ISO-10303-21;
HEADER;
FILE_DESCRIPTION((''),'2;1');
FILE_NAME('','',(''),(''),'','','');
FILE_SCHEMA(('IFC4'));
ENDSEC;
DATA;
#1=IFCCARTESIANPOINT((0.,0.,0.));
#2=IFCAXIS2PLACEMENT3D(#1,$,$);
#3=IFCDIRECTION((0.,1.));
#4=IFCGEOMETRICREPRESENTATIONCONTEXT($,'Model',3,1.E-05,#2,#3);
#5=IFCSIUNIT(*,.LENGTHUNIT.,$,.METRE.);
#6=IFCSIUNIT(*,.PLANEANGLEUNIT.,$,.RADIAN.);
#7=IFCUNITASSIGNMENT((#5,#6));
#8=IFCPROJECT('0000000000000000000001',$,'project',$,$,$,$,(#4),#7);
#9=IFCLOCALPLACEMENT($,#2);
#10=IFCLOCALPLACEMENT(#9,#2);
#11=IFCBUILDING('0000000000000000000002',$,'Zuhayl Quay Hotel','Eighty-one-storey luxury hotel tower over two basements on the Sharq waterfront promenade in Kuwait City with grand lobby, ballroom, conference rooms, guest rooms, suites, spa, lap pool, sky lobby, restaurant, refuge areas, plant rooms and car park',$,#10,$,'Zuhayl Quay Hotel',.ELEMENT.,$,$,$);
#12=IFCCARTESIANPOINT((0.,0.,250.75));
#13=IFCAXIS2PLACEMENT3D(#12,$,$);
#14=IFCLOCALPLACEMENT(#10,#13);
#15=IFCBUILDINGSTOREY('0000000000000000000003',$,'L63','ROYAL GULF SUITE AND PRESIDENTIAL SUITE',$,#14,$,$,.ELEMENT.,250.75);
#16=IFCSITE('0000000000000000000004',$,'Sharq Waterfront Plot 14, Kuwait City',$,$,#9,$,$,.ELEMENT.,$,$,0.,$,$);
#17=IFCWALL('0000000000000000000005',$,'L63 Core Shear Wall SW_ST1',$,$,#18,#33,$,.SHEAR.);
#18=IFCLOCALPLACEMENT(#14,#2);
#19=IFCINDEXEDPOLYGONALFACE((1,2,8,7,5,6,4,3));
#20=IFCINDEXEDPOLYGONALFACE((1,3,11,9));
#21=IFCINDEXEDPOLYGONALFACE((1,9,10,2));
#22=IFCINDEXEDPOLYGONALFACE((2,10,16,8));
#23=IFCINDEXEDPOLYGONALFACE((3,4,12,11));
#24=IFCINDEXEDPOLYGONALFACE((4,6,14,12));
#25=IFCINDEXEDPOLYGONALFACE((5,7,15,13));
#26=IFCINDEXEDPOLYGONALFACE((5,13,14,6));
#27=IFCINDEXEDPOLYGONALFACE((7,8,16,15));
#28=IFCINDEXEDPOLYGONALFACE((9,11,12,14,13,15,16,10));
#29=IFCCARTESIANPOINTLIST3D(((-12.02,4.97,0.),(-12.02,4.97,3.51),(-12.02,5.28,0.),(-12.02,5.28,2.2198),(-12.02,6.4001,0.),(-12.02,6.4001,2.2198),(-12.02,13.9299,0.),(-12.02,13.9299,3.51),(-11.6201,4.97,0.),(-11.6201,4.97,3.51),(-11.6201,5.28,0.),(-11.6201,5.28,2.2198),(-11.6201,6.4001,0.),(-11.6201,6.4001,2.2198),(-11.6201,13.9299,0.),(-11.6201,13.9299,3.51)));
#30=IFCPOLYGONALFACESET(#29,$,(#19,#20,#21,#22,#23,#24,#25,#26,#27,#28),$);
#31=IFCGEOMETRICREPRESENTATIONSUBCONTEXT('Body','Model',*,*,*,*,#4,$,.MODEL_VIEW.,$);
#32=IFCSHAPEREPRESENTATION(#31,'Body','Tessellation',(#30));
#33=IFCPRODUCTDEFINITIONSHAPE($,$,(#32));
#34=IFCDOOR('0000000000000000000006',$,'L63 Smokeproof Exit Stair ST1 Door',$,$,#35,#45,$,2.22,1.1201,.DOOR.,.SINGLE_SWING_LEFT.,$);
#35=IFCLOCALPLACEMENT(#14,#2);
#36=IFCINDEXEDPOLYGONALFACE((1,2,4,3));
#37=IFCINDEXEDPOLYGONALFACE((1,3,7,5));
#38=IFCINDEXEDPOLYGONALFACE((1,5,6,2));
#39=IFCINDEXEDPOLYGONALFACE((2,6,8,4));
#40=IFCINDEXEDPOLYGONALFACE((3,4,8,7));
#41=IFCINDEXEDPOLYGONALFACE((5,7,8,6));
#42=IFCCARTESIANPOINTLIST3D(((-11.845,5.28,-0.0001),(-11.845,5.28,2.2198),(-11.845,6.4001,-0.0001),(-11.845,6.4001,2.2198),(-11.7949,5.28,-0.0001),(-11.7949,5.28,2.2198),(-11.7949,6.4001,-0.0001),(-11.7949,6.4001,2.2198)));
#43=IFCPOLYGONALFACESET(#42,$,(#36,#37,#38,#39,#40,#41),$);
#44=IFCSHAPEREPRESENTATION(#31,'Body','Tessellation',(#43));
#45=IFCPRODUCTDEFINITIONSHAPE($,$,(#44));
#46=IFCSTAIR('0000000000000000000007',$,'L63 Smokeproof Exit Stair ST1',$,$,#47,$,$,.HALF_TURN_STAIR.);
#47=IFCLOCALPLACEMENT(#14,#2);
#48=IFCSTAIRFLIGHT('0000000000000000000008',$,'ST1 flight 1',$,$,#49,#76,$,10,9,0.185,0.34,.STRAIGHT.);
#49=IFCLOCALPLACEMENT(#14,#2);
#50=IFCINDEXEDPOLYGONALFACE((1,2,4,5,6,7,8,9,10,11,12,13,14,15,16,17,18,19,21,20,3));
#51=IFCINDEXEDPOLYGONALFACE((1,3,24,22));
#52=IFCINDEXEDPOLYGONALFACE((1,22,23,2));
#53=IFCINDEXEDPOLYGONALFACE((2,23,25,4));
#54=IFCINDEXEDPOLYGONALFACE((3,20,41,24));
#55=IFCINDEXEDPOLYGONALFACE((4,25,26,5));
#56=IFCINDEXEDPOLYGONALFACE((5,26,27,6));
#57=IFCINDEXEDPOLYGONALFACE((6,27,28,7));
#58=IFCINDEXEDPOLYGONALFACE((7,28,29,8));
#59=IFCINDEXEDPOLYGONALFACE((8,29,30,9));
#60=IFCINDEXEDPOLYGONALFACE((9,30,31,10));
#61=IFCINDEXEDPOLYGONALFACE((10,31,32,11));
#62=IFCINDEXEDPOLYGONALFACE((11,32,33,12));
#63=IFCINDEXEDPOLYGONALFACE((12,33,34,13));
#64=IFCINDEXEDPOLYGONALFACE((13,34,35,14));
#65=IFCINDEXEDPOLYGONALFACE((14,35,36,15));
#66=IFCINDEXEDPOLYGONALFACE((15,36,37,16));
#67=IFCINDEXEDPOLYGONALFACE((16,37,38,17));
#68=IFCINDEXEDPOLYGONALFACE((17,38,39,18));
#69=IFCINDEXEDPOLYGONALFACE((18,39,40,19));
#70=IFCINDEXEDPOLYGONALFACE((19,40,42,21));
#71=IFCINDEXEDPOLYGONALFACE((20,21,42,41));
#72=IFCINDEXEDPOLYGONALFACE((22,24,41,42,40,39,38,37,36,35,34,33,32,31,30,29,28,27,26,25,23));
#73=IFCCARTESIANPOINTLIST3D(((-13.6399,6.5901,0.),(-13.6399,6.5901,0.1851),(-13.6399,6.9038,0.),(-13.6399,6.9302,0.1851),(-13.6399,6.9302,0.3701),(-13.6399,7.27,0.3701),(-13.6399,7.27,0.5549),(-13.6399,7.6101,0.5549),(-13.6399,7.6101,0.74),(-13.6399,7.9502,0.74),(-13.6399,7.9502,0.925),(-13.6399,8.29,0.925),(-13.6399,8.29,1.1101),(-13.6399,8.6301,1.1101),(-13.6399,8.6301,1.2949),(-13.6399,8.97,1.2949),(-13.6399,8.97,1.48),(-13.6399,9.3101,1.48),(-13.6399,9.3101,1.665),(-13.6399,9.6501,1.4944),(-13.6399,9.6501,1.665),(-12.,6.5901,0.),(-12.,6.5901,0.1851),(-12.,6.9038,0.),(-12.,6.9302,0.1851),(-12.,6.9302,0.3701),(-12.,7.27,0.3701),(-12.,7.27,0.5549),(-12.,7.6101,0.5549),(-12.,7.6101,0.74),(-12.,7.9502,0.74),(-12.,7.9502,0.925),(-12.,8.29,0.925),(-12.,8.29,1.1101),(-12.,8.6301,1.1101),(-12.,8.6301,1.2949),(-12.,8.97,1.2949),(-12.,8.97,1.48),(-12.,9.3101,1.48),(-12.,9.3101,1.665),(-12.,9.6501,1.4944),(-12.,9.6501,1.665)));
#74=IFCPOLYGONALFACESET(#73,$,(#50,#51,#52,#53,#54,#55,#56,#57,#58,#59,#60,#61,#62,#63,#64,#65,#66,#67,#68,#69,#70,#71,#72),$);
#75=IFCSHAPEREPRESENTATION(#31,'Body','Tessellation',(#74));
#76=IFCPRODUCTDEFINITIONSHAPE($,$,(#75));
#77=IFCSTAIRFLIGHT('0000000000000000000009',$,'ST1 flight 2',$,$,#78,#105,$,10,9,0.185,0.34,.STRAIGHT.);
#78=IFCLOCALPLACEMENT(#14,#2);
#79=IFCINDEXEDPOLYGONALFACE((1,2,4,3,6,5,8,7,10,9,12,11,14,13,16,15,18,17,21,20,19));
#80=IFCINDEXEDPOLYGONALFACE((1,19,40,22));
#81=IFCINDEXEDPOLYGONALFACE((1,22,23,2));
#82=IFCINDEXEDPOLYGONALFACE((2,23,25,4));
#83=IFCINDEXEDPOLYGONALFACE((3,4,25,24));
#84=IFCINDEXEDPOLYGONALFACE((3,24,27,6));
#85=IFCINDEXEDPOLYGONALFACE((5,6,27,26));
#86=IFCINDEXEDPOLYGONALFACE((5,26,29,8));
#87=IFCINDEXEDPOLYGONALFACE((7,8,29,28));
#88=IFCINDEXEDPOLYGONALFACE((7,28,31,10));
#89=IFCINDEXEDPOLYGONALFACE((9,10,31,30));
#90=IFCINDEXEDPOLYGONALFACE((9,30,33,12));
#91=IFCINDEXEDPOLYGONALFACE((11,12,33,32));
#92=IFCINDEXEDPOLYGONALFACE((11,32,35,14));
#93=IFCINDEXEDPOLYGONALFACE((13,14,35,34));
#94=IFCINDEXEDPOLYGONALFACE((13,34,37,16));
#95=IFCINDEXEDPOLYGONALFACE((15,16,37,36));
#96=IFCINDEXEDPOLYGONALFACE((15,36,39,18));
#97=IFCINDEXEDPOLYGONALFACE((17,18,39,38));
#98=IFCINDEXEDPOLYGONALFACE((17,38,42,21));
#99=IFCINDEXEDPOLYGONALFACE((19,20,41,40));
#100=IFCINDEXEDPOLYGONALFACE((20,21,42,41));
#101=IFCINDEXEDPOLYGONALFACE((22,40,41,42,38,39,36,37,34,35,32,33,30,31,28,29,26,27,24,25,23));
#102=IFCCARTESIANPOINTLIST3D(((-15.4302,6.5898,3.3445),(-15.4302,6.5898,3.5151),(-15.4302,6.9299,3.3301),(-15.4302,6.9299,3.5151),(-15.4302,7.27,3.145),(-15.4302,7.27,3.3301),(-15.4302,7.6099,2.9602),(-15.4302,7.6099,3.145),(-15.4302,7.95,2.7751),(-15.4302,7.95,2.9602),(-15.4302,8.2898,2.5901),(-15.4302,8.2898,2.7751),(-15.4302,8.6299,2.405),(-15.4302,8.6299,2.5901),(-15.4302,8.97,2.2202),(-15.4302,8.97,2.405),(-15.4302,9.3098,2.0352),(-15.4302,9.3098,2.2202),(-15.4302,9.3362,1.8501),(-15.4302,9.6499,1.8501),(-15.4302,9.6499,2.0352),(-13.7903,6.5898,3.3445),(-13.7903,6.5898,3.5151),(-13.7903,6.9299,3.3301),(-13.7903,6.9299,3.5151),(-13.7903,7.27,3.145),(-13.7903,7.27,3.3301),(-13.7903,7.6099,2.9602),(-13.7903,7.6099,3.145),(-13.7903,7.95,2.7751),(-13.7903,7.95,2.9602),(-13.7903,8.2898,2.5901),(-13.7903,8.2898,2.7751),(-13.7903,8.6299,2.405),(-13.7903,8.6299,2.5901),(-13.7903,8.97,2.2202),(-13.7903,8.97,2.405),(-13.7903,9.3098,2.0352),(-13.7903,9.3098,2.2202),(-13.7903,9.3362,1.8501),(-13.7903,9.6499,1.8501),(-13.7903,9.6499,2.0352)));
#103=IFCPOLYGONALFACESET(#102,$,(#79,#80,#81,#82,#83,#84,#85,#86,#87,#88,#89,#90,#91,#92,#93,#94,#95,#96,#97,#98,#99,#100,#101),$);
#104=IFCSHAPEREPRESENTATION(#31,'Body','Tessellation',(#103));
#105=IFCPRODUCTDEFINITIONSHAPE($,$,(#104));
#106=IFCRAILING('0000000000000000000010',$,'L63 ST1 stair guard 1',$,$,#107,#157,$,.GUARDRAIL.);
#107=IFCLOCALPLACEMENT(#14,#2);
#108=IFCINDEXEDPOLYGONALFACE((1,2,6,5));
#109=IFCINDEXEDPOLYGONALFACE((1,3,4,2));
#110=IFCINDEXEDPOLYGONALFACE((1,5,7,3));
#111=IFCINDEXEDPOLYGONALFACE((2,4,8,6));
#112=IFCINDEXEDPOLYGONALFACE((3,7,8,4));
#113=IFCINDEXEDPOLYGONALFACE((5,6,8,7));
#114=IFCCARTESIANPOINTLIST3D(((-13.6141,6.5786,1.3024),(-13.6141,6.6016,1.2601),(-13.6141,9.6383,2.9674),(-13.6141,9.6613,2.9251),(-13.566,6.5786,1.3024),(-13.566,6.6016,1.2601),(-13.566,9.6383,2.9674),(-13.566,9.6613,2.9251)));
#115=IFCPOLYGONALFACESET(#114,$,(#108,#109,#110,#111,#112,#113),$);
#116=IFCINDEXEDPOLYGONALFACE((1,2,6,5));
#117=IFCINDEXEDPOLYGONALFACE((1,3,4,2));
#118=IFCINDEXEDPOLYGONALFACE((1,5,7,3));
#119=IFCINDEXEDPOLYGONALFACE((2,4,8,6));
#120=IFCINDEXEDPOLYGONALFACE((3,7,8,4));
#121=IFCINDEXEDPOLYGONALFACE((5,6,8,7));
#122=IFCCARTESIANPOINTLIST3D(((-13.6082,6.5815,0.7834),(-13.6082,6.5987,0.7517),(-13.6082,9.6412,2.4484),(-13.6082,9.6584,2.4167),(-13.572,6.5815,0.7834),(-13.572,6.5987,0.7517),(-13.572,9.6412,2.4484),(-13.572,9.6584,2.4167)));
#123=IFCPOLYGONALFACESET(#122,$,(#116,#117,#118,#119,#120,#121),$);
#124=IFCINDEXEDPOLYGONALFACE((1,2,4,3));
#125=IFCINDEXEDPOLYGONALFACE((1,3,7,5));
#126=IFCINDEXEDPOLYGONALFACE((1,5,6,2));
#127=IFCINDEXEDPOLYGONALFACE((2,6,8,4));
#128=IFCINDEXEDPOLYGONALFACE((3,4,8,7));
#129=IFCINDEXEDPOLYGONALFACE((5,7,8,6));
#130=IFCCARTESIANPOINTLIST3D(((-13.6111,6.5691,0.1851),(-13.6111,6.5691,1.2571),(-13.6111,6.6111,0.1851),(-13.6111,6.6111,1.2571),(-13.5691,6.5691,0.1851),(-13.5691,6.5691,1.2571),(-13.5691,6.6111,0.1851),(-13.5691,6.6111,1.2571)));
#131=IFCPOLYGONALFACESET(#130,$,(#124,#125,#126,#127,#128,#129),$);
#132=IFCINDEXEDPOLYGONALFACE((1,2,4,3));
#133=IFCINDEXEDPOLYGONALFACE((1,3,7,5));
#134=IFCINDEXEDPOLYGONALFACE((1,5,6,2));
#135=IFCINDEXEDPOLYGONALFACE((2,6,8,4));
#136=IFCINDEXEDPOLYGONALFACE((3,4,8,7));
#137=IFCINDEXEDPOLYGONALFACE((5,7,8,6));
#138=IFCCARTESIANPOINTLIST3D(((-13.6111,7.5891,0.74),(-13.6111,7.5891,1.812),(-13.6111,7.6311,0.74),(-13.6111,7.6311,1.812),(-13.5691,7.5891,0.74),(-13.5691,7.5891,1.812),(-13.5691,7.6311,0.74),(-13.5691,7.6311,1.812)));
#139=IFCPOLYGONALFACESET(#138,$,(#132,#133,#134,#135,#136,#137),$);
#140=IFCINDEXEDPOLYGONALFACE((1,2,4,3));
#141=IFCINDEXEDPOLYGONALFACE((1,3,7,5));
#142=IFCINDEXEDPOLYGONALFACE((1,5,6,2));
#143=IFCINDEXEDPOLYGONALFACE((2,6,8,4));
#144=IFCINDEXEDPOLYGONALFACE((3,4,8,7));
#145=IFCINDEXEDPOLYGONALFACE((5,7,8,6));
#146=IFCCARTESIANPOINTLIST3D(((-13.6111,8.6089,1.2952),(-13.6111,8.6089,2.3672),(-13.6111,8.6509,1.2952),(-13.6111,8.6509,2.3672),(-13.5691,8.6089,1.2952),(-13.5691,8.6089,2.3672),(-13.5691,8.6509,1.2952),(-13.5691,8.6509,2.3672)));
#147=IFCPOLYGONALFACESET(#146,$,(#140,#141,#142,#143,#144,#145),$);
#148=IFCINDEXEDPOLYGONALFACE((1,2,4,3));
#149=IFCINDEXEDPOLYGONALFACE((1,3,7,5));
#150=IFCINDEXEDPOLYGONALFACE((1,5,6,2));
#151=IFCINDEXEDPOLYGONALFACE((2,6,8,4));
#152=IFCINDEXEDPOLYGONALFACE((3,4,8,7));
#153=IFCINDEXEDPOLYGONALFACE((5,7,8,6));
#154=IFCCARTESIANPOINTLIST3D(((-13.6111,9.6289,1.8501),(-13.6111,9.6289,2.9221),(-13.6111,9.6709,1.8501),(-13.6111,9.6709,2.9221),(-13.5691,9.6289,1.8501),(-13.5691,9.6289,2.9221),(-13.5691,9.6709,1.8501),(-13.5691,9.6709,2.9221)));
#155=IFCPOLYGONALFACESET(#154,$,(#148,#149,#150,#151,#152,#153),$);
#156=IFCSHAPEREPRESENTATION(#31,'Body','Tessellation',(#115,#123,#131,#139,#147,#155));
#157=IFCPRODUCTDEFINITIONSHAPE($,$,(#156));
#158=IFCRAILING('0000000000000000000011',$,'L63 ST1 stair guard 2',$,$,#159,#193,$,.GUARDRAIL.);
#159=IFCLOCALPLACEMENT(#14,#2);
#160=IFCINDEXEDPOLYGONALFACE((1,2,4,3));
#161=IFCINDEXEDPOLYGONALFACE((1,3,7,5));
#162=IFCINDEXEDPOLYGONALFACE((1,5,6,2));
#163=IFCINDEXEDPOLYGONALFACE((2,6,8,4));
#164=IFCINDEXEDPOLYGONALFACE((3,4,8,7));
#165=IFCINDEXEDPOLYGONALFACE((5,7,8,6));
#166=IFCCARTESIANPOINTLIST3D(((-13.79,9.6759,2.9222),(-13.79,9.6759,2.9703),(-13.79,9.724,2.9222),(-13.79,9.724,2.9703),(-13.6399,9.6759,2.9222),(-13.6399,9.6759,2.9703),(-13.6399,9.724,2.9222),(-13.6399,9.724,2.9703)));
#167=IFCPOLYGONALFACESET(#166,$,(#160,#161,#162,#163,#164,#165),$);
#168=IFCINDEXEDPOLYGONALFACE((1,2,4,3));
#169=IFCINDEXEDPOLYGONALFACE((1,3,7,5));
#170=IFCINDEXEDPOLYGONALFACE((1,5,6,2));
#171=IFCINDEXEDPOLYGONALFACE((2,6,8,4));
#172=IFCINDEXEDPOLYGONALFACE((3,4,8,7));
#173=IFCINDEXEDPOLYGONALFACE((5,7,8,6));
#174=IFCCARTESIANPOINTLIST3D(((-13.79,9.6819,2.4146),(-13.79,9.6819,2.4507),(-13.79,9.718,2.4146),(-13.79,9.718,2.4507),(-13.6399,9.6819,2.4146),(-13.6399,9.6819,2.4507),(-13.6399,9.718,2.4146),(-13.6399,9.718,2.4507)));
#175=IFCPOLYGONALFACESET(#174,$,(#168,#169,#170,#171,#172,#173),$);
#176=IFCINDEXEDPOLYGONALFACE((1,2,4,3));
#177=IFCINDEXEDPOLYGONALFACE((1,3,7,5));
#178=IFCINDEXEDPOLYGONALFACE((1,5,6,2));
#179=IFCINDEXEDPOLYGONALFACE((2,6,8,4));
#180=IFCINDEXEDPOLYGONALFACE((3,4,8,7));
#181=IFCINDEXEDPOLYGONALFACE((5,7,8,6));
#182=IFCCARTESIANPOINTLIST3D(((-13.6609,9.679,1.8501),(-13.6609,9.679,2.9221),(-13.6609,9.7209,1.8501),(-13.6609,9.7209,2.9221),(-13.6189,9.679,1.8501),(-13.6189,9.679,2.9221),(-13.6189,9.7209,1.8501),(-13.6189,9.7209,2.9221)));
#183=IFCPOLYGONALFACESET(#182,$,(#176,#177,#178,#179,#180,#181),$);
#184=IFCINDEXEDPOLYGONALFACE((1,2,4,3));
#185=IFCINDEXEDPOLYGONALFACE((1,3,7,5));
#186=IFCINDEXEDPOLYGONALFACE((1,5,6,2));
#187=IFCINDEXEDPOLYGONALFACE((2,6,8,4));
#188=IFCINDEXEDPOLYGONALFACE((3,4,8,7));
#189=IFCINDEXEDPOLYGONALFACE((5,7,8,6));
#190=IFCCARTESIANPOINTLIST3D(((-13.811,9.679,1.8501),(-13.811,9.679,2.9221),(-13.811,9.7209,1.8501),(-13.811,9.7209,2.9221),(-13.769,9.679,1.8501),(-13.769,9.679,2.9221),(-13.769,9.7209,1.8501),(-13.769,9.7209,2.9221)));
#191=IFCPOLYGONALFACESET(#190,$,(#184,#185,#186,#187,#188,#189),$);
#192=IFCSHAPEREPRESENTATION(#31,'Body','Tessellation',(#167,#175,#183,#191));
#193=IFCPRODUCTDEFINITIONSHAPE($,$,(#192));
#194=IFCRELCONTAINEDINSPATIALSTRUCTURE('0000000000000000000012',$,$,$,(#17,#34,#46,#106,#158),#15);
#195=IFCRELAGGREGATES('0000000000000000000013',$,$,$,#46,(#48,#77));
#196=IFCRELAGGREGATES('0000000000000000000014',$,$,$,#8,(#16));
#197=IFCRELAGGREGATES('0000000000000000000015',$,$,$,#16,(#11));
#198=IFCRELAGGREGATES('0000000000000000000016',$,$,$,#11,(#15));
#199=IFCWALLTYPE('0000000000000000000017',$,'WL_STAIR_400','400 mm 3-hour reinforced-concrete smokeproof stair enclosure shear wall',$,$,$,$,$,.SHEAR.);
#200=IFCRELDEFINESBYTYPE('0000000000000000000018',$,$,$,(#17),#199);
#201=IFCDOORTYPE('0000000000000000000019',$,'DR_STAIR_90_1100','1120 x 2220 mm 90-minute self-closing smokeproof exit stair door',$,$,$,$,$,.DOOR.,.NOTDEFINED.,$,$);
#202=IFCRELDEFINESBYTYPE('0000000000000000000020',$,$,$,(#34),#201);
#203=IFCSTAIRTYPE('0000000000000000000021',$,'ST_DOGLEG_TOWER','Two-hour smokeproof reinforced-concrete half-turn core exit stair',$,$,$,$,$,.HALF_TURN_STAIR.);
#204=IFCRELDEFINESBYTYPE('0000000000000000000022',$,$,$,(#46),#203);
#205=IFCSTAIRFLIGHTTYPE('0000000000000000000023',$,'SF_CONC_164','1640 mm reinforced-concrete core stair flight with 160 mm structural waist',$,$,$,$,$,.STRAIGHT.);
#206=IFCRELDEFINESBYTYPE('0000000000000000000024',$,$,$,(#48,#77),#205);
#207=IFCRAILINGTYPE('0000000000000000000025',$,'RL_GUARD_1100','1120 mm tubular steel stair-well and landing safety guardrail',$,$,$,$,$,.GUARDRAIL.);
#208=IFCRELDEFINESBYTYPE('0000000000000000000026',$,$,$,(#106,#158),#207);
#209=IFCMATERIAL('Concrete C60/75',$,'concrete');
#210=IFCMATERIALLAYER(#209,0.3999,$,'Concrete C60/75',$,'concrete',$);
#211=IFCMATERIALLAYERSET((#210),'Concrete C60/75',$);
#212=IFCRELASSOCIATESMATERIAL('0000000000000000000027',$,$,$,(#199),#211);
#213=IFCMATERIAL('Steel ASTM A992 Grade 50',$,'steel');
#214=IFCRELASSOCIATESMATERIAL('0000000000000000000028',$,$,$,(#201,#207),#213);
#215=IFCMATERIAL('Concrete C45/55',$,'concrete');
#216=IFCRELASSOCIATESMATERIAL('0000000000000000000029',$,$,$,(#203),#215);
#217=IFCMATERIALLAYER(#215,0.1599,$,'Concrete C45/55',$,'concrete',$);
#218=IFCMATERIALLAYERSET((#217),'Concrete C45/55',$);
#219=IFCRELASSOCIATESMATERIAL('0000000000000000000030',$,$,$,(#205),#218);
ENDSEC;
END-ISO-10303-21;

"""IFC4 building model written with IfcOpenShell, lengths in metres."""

from ifc_helpers import new_model, si_unit, direction, frame, frame_2d, origin, origin_2d, place, context, subcontext, project, spatial, polyline, rectangle, outline, extrude, material, layer, layer_set, type_object, element, fill, aggregate, save


model = new_model("IFC4")

# Units and contexts
model_context = context("Model", 3, precision=1e-05, world=origin(), true_north=direction((0.0, 1.0)))
body_context = subcontext(model_context, "Body", "Model", "MODEL_VIEW")
ifc_project = project(units=[si_unit("LENGTHUNIT", "METRE"), si_unit("PLANEANGLEUNIT", "RADIAN")], contexts=[model_context])

# Site, building, storey
site_placement = place(None, origin())
site = spatial("IfcSite", under=ifc_project, at=site_placement, Name="Sharq Waterfront Plot 14, Kuwait City", CompositionType="ELEMENT", RefElevation=0.0)
building_placement = place(site_placement, origin())
building = spatial("IfcBuilding", under=site, at=building_placement, Name="Zuhayl Quay Hotel", Description="Eighty-one-storey luxury hotel tower over two basements on the Sharq waterfront promenade in Kuwait City with grand lobby, ballroom, conference rooms, guest rooms, suites, spa, lap pool, sky lobby, restaurant, refuge areas, plant rooms and car park", LongName="Zuhayl Quay Hotel", CompositionType="ELEMENT")
storey_placement = place(building_placement, frame((0.0, 0.0, 250.75)))
storey = spatial("IfcBuildingStorey", under=building, at=storey_placement, Name="L63", Description="ROYAL GULF SUITE AND PRESIDENTIAL SUITE", CompositionType="ELEMENT", Elevation=250.75)

# Wall, opening, door
ifc_material_1 = material(Name="Concrete C60/75", Category="concrete")
ifc_layer_1 = layer(ifc_material_1, 0.3999, Name="Concrete C60/75", Category="concrete")
ifc_layer_set_1 = layer_set([ifc_layer_1], Name="Concrete C60/75")
wall_type_1 = type_object("IfcWallType", Name="WL_STAIR_400", Description="400 mm 3-hour reinforced-concrete smokeproof stair enclosure shear wall", PredefinedType="SHEAR", material=ifc_layer_set_1)
wall_1_placement = place(storey_placement, frame((-11.8201, 4.97, 0.0), z_axis=(0.0, 0.0, 1.0), x_axis=(0.0, 1.0, 0.0)))
wall_1 = element("IfcWall", 1, at=wall_1_placement, inside=storey, type_object=wall_type_1, Name="L63 Core Shear Wall SW_ST1", PredefinedType="SHEAR", context=body_context, shape_type="SweptSolid", body=[
    extrude(rectangle(XDim=8.96, YDim=0.3999, at=frame_2d((4.48, 0.0))), origin(), (0.0, 0.0, 1.0), 3.51),
])
opening_1_placement = place(wall_1_placement, frame((0.3101, 0.0, 0.0)))
opening_1 = element("IfcOpeningElement", 2, at=opening_1_placement, cuts=wall_1, PredefinedType="OPENING", context=body_context, shape_type="SweptSolid", body=[
    extrude(rectangle(XDim=1.1201, YDim=2.22, at=frame_2d((0.5601, 1.1099))), frame((0.0, 0.21, 0.0), z_axis=(0.0, -1.0, 0.0), x_axis=(1.0, 0.0, 0.0)), (0.0, 0.0, 1.0), 0.4199),
])
ifc_material_2 = material(Name="Steel ASTM A992 Grade 50", Category="steel")
door_type_1 = type_object("IfcDoorType", Name="DR_STAIR_90_1100", Description="1120 x 2220 mm 90-minute self-closing smokeproof exit stair door", OperationType="NOTDEFINED", PredefinedType="DOOR", material=ifc_material_2)
door_1_placement = place(opening_1_placement, origin())
door_1 = element("IfcDoor", 3, at=door_1_placement, inside=storey, type_object=door_type_1, Name="L63 Smokeproof Exit Stair ST1 Door", OperationType="SINGLE_SWING_LEFT", OverallHeight=2.22, OverallWidth=1.1201, PredefinedType="DOOR", context=body_context, shape_type="SweptSolid", body=[
    extrude(rectangle(XDim=1.1201, YDim=2.22, at=frame_2d((0.5601, 1.1099))), frame((0.0, 0.0249, 0.0), z_axis=(0.0, -1.0, 0.0), x_axis=(1.0, 0.0, 0.0)), (0.0, 0.0, 1.0), 0.05),
])
fill(opening_1, door_1)

# Stair, stair flights
ifc_material_3 = material(Name="Concrete C45/55", Category="concrete")
stair_type = type_object("IfcStairType", Name="ST_DOGLEG_TOWER", Description="Two-hour smokeproof reinforced-concrete half-turn core exit stair", PredefinedType="HALF_TURN_STAIR", material=ifc_material_3)
stair_placement = place(storey_placement, origin())
stair = element("IfcStair", 4, at=stair_placement, inside=storey, type_object=stair_type, Name="L63 Smokeproof Exit Stair ST1", PredefinedType="HALF_TURN_STAIR")
ifc_layer_2 = layer(ifc_material_3, 0.1599, Name="Concrete C45/55", Category="concrete")
ifc_layer_set_2 = layer_set([ifc_layer_2], Name="Concrete C45/55")
stair_flight_type = type_object("IfcStairFlightType", Name="SF_CONC_164", Description="1640 mm reinforced-concrete core stair flight with 160 mm structural waist", PredefinedType="STRAIGHT", material=ifc_layer_set_2)
stair_flight_1_placement = place(storey_placement, frame((-12.8201, 6.5901, 0.0), z_axis=(0.0, 0.0, 1.0), x_axis=(0.0, 1.0, 0.0)))
stair_flight_1 = element("IfcStairFlight", 5, at=stair_flight_1_placement, type_object=stair_flight_type, Name="ST1 flight 1", NumberOfRisers=10, NumberOfTreads=9, PredefinedType="STRAIGHT", RiserHeight=0.185, TreadLength=0.34, context=body_context, shape_type="SweptSolid", body=[
    extrude(outline(polyline([(0.0, 0.0), (0.0, 0.1851), (0.3401, 0.1851), (0.3401, 0.3701), (0.6799, 0.3701), (0.6799, 0.5549), (1.02, 0.5549), (1.02, 0.74), (1.3601, 0.74), (1.3601, 0.925), (1.7, 0.925), (1.7, 1.1101), (2.04, 1.1101), (2.04, 1.2949), (2.3799, 1.2949), (2.3799, 1.48), (2.72, 1.48), (2.72, 1.665), (3.0601, 1.665), (3.0601, 1.8501), (3.0601, 1.4944), (0.3137, 0.0), (0.0, 0.0)])), frame((0.0, 0.8198, 0.0), z_axis=(0.0, -1.0, 0.0), x_axis=(1.0, 0.0, 0.0)), (0.0, 0.0, 1.0), 1.6399),
])
stair_flight_2_placement = place(storey_placement, frame((-14.6101, 9.6499, 1.8501), z_axis=(0.0, 0.0, 1.0), x_axis=(0.0, -1.0, 0.0)))
stair_flight_2 = element("IfcStairFlight", 6, at=stair_flight_2_placement, type_object=stair_flight_type, Name="ST1 flight 2", NumberOfRisers=10, NumberOfTreads=9, PredefinedType="STRAIGHT", RiserHeight=0.185, TreadLength=0.34, context=body_context, shape_type="SweptSolid", body=[
    extrude(outline(polyline([(0.0, 0.0), (0.0, 0.1851), (0.3401, 0.1851), (0.3401, 0.3701), (0.6799, 0.3701), (0.6799, 0.5549), (1.02, 0.5549), (1.02, 0.74), (1.3601, 0.74), (1.3601, 0.925), (1.7, 0.925), (1.7, 1.1101), (2.04, 1.1101), (2.04, 1.2949), (2.3799, 1.2949), (2.3799, 1.48), (2.72, 1.48), (2.72, 1.665), (3.0601, 1.665), (3.0601, 1.8501), (3.0601, 1.4944), (0.3137, 0.0), (0.0, 0.0)])), frame((0.0, 0.8198, 0.0), z_axis=(0.0, -1.0, 0.0), x_axis=(1.0, 0.0, 0.0)), (0.0, 0.0, 1.0), 1.6399),
])
aggregate(stair, [stair_flight_1, stair_flight_2])

# Railings
railing_type_1 = type_object("IfcRailingType", Name="RL_GUARD_1100", Description="1120 mm tubular steel stair-well and landing safety guardrail", PredefinedType="GUARDRAIL", material=ifc_material_2)
railing_1_placement = place(storey_placement, frame((-13.5901, 6.5901, 0.1851)))
element("IfcRailing", 7, at=railing_1_placement, inside=storey, type_object=railing_type_1, Name="L63 ST1 stair guard 1", PredefinedType="GUARDRAIL", context=body_context, shape_type="SweptSolid", body=[
    extrude(rectangle(XDim=0.0481, YDim=0.0481, at=origin_2d()), frame((0.0, 0.0, 1.0962), z_axis=(0.0, 0.878372, 0.477978), x_axis=(-1.0, 0.0, 0.0)), (0.0, 0.0, 1.0), 3.4834),
    extrude(rectangle(XDim=0.0361, YDim=0.0361, at=origin_2d()), frame((0.0, 0.0, 0.5825), z_axis=(0.0, 0.878372, 0.477978), x_axis=(-1.0, 0.0, 0.0)), (0.0, 0.0, 1.0), 3.4834),
    extrude(rectangle(XDim=0.042, YDim=0.042, at=origin_2d()), origin(), (0.0, 0.0, 1.0), 1.072),
    extrude(rectangle(XDim=0.042, YDim=0.042, at=origin_2d()), frame((0.0, 1.02, 0.5549)), (0.0, 0.0, 1.0), 1.072),
    extrude(rectangle(XDim=0.042, YDim=0.042, at=origin_2d()), frame((0.0, 2.0398, 1.1101)), (0.0, 0.0, 1.0), 1.072),
    extrude(rectangle(XDim=0.042, YDim=0.042, at=origin_2d()), frame((0.0, 3.0598, 1.665)), (0.0, 0.0, 1.0), 1.072),
])
railing_2_placement = place(storey_placement, frame((-13.6399, 9.7, 1.8501)))
element("IfcRailing", 8, at=railing_2_placement, inside=storey, type_object=railing_type_1, Name="L63 ST1 stair guard 2", PredefinedType="GUARDRAIL", context=body_context, shape_type="SweptSolid", body=[
    extrude(rectangle(XDim=0.0481, YDim=0.0481, at=origin_2d()), frame((0.0, 0.0, 1.0962), z_axis=(-1.0, 0.0, 0.0), x_axis=(0.0, -1.0, 0.0)), (0.0, 0.0, 1.0), 0.1501),
    extrude(rectangle(XDim=0.0361, YDim=0.0361, at=origin_2d()), frame((0.0, 0.0, 0.5825), z_axis=(-1.0, 0.0, 0.0), x_axis=(0.0, -1.0, 0.0)), (0.0, 0.0, 1.0), 0.1501),
    extrude(rectangle(XDim=0.042, YDim=0.042, at=origin_2d()), origin(), (0.0, 0.0, 1.0), 1.072),
    extrude(rectangle(XDim=0.042, YDim=0.042, at=origin_2d()), frame((-0.1501, 0.0, 0.0)), (0.0, 0.0, 1.0), 1.072),
])

save(model, "model.ifc")
